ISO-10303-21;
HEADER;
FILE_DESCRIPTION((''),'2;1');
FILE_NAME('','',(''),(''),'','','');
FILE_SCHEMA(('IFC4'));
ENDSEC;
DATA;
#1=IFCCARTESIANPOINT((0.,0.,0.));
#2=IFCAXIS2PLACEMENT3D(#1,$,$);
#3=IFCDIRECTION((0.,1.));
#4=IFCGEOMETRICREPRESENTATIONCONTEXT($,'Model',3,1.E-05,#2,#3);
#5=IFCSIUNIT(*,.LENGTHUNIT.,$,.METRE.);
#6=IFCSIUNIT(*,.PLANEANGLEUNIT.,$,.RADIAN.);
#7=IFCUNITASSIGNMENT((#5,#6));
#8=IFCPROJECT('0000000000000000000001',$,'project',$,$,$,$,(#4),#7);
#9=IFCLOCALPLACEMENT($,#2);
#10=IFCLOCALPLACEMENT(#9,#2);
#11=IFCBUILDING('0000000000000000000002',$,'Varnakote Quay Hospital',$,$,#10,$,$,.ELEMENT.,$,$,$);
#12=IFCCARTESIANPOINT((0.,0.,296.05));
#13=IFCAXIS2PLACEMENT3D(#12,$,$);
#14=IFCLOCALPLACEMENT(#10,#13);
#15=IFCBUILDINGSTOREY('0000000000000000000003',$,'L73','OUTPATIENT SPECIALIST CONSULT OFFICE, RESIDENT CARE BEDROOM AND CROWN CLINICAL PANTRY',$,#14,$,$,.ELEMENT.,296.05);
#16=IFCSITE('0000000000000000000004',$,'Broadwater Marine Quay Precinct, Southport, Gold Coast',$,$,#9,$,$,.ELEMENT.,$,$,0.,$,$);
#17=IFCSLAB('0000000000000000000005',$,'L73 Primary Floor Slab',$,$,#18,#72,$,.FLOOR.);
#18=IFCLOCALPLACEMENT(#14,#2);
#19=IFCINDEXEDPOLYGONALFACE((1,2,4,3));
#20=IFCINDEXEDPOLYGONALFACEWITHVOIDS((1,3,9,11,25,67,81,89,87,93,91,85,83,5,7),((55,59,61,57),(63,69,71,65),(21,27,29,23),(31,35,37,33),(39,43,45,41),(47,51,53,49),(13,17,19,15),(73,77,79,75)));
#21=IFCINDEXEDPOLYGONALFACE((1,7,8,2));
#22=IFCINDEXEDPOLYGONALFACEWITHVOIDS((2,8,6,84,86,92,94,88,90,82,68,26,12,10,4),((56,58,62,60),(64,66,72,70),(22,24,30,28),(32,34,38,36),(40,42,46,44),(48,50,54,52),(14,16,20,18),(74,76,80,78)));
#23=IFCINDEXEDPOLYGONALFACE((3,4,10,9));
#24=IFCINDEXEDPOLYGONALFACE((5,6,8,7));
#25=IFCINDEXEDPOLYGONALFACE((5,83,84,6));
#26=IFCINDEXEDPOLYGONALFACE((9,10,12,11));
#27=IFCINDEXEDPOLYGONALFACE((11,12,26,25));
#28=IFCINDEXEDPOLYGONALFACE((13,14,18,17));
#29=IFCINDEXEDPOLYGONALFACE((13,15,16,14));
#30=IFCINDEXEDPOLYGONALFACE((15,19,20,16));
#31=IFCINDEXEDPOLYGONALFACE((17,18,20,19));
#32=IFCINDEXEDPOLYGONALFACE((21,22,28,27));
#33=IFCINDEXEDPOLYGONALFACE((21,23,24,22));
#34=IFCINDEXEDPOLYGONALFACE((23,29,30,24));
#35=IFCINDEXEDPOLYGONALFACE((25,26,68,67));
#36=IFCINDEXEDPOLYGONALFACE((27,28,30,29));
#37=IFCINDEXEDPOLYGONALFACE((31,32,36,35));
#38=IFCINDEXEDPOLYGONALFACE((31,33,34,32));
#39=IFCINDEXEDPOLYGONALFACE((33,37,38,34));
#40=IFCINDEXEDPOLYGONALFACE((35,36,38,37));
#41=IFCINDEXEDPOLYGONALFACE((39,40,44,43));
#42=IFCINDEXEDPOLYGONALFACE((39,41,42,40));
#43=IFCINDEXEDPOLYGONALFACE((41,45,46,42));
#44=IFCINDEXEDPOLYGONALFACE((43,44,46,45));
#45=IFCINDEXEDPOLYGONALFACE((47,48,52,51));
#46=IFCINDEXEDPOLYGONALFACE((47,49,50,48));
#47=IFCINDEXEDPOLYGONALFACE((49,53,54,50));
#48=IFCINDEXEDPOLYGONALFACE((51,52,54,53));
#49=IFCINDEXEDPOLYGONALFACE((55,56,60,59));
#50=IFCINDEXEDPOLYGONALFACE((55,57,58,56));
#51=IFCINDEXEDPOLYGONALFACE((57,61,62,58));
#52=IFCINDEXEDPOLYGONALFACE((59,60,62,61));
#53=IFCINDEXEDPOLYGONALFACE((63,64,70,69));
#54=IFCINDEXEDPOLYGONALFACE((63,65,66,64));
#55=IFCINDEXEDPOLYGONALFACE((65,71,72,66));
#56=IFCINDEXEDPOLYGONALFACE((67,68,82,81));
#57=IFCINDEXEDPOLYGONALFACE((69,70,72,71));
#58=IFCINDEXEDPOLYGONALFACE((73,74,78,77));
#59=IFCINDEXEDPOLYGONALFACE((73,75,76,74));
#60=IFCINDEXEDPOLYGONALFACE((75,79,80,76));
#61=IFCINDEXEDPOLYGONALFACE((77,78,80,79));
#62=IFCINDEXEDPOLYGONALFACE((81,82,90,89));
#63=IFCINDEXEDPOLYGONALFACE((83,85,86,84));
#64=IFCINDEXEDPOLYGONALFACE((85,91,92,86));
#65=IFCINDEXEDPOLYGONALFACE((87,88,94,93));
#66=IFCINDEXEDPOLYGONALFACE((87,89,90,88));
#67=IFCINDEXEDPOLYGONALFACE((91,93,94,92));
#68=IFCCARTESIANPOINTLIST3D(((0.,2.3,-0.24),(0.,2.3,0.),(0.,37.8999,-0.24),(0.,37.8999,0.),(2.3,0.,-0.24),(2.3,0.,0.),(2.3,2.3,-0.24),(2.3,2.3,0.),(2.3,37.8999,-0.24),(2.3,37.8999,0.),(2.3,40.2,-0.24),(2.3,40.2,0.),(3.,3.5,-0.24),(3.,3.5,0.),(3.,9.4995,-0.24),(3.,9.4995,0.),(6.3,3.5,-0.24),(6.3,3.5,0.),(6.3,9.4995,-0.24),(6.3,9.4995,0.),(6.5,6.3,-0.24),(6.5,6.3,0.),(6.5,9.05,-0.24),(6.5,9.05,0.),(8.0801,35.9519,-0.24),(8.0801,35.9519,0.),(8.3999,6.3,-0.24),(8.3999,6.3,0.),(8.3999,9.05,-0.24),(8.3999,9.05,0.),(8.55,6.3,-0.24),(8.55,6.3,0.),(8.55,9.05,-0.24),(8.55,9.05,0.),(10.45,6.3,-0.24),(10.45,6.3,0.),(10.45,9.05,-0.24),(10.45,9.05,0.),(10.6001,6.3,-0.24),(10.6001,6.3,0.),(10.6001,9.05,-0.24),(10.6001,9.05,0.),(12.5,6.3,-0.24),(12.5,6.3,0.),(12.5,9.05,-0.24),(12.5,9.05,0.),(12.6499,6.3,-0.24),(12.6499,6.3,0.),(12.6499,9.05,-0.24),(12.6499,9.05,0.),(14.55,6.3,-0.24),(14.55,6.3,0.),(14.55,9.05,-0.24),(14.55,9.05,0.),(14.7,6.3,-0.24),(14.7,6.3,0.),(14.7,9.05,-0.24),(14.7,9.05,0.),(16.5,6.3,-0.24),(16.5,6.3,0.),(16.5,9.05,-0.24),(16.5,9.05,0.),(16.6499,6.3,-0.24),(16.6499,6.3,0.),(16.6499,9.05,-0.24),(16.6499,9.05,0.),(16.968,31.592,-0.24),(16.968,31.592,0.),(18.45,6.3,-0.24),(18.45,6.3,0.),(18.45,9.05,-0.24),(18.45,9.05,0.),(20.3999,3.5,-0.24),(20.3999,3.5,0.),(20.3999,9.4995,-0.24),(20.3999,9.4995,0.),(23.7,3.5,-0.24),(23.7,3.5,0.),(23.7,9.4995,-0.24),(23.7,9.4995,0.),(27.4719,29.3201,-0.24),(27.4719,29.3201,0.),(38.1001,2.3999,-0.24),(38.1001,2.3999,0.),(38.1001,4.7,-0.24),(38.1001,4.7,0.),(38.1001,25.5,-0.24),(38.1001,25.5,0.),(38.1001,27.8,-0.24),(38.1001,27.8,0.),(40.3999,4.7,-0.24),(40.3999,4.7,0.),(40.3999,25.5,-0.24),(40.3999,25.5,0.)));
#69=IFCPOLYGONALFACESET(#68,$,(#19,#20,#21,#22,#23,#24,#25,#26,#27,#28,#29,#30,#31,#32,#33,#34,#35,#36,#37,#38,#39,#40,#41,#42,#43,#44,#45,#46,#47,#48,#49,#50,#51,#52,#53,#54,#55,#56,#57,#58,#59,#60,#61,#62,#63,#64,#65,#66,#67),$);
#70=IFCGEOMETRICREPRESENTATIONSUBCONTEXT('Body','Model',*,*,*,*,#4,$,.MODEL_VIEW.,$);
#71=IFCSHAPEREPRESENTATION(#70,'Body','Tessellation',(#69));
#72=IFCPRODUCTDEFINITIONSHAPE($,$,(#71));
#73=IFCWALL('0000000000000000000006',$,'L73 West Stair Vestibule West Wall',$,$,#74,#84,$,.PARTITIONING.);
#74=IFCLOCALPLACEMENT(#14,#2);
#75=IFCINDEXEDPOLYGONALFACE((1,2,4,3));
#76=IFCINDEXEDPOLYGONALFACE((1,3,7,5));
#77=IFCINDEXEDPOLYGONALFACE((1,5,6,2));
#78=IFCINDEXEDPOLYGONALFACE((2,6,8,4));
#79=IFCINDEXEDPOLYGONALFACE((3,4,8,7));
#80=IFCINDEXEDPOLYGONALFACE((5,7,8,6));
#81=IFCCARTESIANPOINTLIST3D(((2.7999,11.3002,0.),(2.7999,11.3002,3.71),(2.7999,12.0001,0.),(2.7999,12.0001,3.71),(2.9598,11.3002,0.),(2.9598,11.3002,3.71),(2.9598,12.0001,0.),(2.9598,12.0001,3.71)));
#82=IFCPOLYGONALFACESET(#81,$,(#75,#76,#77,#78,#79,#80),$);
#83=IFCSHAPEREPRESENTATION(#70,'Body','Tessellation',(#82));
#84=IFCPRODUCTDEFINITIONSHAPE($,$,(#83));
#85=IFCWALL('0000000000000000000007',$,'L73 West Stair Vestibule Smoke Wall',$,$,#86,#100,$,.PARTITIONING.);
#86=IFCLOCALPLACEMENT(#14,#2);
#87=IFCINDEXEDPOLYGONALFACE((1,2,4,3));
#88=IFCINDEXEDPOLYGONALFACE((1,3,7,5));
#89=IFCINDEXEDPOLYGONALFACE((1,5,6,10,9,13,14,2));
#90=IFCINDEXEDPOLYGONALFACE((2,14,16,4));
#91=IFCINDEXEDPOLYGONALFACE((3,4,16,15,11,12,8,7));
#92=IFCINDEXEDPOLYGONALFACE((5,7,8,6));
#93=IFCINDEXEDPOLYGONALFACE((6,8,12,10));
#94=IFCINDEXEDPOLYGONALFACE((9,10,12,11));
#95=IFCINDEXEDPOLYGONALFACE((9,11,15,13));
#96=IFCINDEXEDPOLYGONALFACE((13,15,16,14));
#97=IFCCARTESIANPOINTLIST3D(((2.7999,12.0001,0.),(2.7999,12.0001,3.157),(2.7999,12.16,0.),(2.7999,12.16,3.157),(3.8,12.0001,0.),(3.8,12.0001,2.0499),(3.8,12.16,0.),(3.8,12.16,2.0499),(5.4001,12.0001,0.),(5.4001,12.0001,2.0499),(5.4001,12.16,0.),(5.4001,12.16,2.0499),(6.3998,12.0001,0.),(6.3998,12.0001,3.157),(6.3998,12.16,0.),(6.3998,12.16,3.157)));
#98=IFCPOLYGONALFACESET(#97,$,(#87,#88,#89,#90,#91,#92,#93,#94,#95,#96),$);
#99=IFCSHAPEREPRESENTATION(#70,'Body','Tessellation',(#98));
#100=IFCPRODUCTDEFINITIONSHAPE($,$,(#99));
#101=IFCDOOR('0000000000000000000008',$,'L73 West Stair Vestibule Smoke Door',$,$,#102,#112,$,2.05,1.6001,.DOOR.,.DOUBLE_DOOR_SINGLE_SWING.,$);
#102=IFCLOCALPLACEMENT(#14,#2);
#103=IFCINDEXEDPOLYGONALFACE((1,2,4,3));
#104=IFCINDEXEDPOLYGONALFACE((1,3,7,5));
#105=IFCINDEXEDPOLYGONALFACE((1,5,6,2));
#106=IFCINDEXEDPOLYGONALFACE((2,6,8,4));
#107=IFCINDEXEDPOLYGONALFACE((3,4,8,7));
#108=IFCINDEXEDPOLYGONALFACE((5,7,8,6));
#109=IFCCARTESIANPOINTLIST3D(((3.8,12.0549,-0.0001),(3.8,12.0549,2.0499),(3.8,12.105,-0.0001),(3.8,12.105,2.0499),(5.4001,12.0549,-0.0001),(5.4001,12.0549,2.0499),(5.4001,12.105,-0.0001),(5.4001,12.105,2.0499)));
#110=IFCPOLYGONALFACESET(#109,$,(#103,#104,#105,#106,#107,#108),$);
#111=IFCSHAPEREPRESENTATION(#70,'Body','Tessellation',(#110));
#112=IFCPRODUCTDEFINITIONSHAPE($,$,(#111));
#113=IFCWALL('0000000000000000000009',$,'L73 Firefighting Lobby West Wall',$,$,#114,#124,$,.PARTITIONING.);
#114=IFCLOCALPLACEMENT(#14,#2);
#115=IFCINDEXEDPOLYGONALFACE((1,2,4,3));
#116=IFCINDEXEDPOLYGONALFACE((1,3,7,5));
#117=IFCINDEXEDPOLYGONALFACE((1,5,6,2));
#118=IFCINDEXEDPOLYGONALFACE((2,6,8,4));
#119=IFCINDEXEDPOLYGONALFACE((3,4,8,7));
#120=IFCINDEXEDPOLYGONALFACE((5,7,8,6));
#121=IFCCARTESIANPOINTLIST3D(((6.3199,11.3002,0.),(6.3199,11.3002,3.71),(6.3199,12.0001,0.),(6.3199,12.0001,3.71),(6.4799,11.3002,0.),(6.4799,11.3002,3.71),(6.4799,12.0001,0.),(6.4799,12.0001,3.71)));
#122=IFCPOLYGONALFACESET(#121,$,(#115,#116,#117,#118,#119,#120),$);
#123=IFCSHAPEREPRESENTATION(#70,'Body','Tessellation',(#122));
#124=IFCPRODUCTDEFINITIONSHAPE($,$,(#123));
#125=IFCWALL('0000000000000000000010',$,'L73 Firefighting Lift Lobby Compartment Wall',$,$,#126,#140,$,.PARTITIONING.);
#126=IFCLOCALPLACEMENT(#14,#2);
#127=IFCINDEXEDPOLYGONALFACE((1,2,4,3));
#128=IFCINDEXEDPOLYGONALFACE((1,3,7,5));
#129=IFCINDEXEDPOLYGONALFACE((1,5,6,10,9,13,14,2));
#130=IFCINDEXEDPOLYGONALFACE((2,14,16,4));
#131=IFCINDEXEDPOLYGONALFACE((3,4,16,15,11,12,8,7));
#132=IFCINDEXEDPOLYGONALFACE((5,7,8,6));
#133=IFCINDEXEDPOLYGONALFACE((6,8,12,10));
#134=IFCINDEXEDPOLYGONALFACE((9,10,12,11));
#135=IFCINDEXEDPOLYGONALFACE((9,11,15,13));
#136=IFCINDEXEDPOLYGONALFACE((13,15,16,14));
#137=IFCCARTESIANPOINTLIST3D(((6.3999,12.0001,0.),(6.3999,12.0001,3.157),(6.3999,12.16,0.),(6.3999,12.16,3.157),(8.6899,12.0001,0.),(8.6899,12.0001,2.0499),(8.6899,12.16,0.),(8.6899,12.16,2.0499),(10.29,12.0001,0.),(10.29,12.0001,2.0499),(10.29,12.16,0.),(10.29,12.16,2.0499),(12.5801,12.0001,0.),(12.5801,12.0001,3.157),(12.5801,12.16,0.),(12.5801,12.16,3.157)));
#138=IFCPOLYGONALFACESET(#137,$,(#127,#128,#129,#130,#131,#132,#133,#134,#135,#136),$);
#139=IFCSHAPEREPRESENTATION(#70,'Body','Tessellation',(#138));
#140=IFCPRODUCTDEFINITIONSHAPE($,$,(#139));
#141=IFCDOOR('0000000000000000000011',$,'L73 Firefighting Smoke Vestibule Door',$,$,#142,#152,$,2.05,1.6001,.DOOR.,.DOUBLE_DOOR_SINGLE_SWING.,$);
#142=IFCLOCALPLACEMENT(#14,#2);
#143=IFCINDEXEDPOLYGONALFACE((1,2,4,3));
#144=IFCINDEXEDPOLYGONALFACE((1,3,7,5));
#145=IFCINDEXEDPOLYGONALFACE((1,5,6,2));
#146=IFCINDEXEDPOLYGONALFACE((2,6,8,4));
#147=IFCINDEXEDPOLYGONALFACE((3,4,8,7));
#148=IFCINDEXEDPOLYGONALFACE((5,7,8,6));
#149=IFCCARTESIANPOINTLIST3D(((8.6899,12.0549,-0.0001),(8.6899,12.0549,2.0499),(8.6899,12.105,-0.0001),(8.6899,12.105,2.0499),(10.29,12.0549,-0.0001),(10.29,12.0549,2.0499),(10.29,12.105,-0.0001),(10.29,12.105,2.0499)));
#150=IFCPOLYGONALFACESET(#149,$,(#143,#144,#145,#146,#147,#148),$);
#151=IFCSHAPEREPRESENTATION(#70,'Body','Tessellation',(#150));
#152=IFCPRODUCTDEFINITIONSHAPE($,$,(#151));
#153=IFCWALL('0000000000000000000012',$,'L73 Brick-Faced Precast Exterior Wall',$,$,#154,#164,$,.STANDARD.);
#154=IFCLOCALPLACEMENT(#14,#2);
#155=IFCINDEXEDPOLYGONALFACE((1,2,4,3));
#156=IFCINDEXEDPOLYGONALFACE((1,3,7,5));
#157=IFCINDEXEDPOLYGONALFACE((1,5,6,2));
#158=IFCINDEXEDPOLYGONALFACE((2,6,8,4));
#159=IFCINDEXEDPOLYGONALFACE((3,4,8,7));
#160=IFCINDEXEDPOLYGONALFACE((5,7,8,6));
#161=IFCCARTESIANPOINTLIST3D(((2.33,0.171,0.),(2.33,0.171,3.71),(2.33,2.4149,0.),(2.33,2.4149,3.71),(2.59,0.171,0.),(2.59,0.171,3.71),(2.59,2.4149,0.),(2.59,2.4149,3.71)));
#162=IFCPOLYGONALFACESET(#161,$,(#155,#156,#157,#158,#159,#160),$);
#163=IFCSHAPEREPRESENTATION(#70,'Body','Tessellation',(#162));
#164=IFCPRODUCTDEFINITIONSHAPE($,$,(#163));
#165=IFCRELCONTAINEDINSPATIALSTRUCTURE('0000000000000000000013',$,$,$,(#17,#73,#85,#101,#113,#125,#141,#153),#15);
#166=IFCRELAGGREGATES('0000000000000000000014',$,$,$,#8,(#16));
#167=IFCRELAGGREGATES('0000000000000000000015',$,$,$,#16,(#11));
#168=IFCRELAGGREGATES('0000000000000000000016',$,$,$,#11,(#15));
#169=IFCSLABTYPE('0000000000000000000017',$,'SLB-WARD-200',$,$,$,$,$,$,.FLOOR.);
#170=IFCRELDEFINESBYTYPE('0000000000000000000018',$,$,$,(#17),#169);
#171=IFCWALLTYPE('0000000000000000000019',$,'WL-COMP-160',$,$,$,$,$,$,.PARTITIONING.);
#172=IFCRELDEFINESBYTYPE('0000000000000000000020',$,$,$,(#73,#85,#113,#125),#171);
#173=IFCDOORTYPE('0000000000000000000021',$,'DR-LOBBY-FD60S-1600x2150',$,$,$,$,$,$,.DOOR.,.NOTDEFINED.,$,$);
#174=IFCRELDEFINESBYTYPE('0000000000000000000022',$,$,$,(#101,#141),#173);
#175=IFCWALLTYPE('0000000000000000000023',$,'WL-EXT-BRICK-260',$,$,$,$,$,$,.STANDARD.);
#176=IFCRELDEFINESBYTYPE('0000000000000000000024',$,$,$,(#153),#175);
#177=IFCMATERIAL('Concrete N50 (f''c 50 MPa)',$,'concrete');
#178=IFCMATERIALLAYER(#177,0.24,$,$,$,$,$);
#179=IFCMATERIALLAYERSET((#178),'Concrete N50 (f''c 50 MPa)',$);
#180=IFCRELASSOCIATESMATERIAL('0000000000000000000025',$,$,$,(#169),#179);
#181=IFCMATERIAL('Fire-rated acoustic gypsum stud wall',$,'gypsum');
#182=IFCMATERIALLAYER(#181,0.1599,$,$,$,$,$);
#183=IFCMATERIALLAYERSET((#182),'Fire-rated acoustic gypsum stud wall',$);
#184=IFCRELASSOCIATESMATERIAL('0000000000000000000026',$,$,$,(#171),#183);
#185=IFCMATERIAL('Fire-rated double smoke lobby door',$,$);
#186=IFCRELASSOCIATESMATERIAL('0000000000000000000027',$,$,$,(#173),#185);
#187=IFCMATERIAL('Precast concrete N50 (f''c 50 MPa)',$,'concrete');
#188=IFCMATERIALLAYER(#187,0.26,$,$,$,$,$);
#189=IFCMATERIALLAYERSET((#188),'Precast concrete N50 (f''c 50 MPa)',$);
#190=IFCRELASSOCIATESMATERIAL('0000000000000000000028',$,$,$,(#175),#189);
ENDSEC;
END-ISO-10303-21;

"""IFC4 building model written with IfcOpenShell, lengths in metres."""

from ifc_helpers import new_model, si_unit, direction, frame, frame_2d, origin, place, context, subcontext, project, spatial, polyline, rectangle, outline, extrude, material, layer, layer_set, type_object, element, fill, save


model = new_model("IFC4")

# Units and contexts
model_context = context("Model", 3, precision=1e-05, world=origin(), true_north=direction((0.0, 1.0)))
body_context = subcontext(model_context, "Body", "Model", "MODEL_VIEW")
ifc_project = project(units=[si_unit("LENGTHUNIT", "METRE"), si_unit("PLANEANGLEUNIT", "RADIAN")], contexts=[model_context])

# Site, building, storey
site_placement = place(None, origin())
site = spatial("IfcSite", under=ifc_project, at=site_placement, Name="Broadwater Marine Quay Precinct, Southport, Gold Coast", CompositionType="ELEMENT", RefElevation=0.0)
building_placement = place(site_placement, origin())
building = spatial("IfcBuilding", under=site, at=building_placement, Name="Varnakote Quay Hospital", CompositionType="ELEMENT")
storey_placement = place(building_placement, frame((0.0, 0.0, 296.05)))
storey = spatial("IfcBuildingStorey", under=building, at=storey_placement, Name="L73", Description="OUTPATIENT SPECIALIST CONSULT OFFICE, RESIDENT CARE BEDROOM AND CROWN CLINICAL PANTRY", CompositionType="ELEMENT", Elevation=296.05)

# Slab
ifc_material_1 = material(Name="Concrete N50 (f'c 50 MPa)", Category="concrete")
ifc_layer_1 = layer(ifc_material_1, 0.24)
ifc_layer_set_1 = layer_set([ifc_layer_1], Name="Concrete N50 (f'c 50 MPa)")
slab_type_1 = type_object("IfcSlabType", Name="SLB-WARD-200", PredefinedType="FLOOR", material=ifc_layer_set_1)
slab_1_placement = place(storey_placement, frame((0.0, 0.0, -0.24)))
element("IfcSlab", 1, at=slab_1_placement, inside=storey, type_object=slab_type_1, Name="L73 Primary Floor Slab", PredefinedType="FLOOR", context=body_context, shape_type="SweptSolid", body=[
    extrude(outline(polyline([(0.0, 2.3), (2.3, 2.3), (2.3, 0.0), (38.1001, 2.3999), (38.1001, 4.7), (40.3999, 4.7), (40.3999, 25.5), (38.1001, 25.5), (38.1001, 27.8), (27.4719, 29.3201), (16.968, 31.592), (8.0801, 35.9519), (2.3, 40.2), (2.3, 37.8999), (0.0, 37.8999), (0.0, 2.3)]), holes=[polyline([(3.0, 3.5), (6.3, 3.5), (6.3, 9.4995), (3.0, 9.4995), (3.0, 3.5)]), polyline([(20.3999, 3.5), (23.7, 3.5), (23.7, 9.4995), (20.3999, 9.4995), (20.3999, 3.5)]), polyline([(6.5, 6.3), (8.3999, 6.3), (8.3999, 9.05), (6.5, 9.05), (6.5, 6.3)]), polyline([(8.55, 6.3), (10.45, 6.3), (10.45, 9.05), (8.55, 9.05), (8.55, 6.3)]), polyline([(10.6001, 6.3), (12.5, 6.3), (12.5, 9.05), (10.6001, 9.05), (10.6001, 6.3)]), polyline([(12.6499, 6.3), (14.55, 6.3), (14.55, 9.05), (12.6499, 9.05), (12.6499, 6.3)]), polyline([(14.7, 6.3), (16.5, 6.3), (16.5, 9.05), (14.7, 9.05), (14.7, 6.3)]), polyline([(16.6499, 6.3), (18.45, 6.3), (18.45, 9.05), (16.6499, 9.05), (16.6499, 6.3)])]), origin(), (0.0, 0.0, 1.0), 0.24),
])

# Wall
ifc_material_2 = material(Name="Fire-rated acoustic gypsum stud wall", Category="gypsum")
ifc_layer_2 = layer(ifc_material_2, 0.1599)
ifc_layer_set_2 = layer_set([ifc_layer_2], Name="Fire-rated acoustic gypsum stud wall")
wall_type_1 = type_object("IfcWallType", Name="WL-COMP-160", PredefinedType="PARTITIONING", material=ifc_layer_set_2)
wall_1_placement = place(storey_placement, frame((2.8799, 11.3, 0.0), z_axis=(0.0, 0.0, 1.0), x_axis=(0.0, 1.0, 0.0)))
element("IfcWall", 2, at=wall_1_placement, inside=storey, type_object=wall_type_1, Name="L73 West Stair Vestibule West Wall", PredefinedType="PARTITIONING", context=body_context, shape_type="SweptSolid", body=[
    extrude(rectangle(XDim=0.7, YDim=0.1599, at=frame_2d((0.3501, 0.0))), origin(), (0.0, 0.0, 1.0), 3.71),
])

# Wall, opening, door
wall_2_placement = place(storey_placement, frame((2.8, 12.0801, 0.0), z_axis=(0.0, 0.0, 1.0), x_axis=(1.0, 0.0, 0.0)))
wall_2 = element("IfcWall", 3, at=wall_2_placement, inside=storey, type_object=wall_type_1, Name="L73 West Stair Vestibule Smoke Wall", PredefinedType="PARTITIONING", context=body_context, shape_type="SweptSolid", body=[
    extrude(rectangle(XDim=3.5999, YDim=0.1599, at=frame_2d((1.7998, 0.0))), origin(), (0.0, 0.0, 1.0), 3.157),
])
opening_1_placement = place(wall_2_placement, frame((1.0, 0.0, 0.0)))
opening_1 = element("IfcOpeningElement", 4, at=opening_1_placement, cuts=wall_2, PredefinedType="OPENING", context=body_context, shape_type="SweptSolid", body=[
    extrude(rectangle(XDim=1.6001, YDim=2.05, at=frame_2d((0.8, 1.0249))), frame((0.0, 0.0898, 0.0), z_axis=(0.0, -1.0, 0.0), x_axis=(1.0, 0.0, 0.0)), (0.0, 0.0, 1.0), 0.1799),
])
ifc_material_3 = material(Name="Fire-rated double smoke lobby door")
door_type_1 = type_object("IfcDoorType", Name="DR-LOBBY-FD60S-1600x2150", OperationType="NOTDEFINED", PredefinedType="DOOR", material=ifc_material_3)
door_1_placement = place(opening_1_placement, origin())
door_1 = element("IfcDoor", 5, at=door_1_placement, inside=storey, type_object=door_type_1, Name="L73 West Stair Vestibule Smoke Door", OperationType="DOUBLE_DOOR_SINGLE_SWING", OverallHeight=2.05, OverallWidth=1.6001, PredefinedType="DOOR", context=body_context, shape_type="SweptSolid", body=[
    extrude(rectangle(XDim=1.6001, YDim=2.05, at=frame_2d((0.8, 1.0249))), frame((0.0, 0.0249, 0.0), z_axis=(0.0, -1.0, 0.0), x_axis=(1.0, 0.0, 0.0)), (0.0, 0.0, 1.0), 0.05),
])
fill(opening_1, door_1)

# Wall
wall_3_placement = place(storey_placement, frame((6.3999, 11.3, 0.0), z_axis=(0.0, 0.0, 1.0), x_axis=(0.0, 1.0, 0.0)))
element("IfcWall", 6, at=wall_3_placement, inside=storey, type_object=wall_type_1, Name="L73 Firefighting Lobby West Wall", PredefinedType="PARTITIONING", context=body_context, shape_type="SweptSolid", body=[
    extrude(rectangle(XDim=0.7, YDim=0.1599, at=frame_2d((0.3501, 0.0))), origin(), (0.0, 0.0, 1.0), 3.71),
])

# Wall, opening, door
wall_4_placement = place(storey_placement, frame((6.3999, 12.0801, 0.0), z_axis=(0.0, 0.0, 1.0), x_axis=(1.0, 0.0, 0.0)))
wall_4 = element("IfcWall", 7, at=wall_4_placement, inside=storey, type_object=wall_type_1, Name="L73 Firefighting Lift Lobby Compartment Wall", PredefinedType="PARTITIONING", context=body_context, shape_type="SweptSolid", body=[
    extrude(rectangle(XDim=6.1802, YDim=0.1599, at=frame_2d((3.0901, 0.0))), origin(), (0.0, 0.0, 1.0), 3.157),
])
opening_2_placement = place(wall_4_placement, frame((2.29, 0.0, 0.0)))
opening_2 = element("IfcOpeningElement", 8, at=opening_2_placement, cuts=wall_4, PredefinedType="OPENING", context=body_context, shape_type="SweptSolid", body=[
    extrude(rectangle(XDim=1.6001, YDim=2.05, at=frame_2d((0.8, 1.0249))), frame((0.0, 0.0898, 0.0), z_axis=(0.0, -1.0, 0.0), x_axis=(1.0, 0.0, 0.0)), (0.0, 0.0, 1.0), 0.1799),
])
door_2_placement = place(opening_2_placement, origin())
door_2 = element("IfcDoor", 9, at=door_2_placement, inside=storey, type_object=door_type_1, Name="L73 Firefighting Smoke Vestibule Door", OperationType="DOUBLE_DOOR_SINGLE_SWING", OverallHeight=2.05, OverallWidth=1.6001, PredefinedType="DOOR", context=body_context, shape_type="SweptSolid", body=[
    extrude(rectangle(XDim=1.6001, YDim=2.05, at=frame_2d((0.8, 1.0249))), frame((0.0, 0.0249, 0.0), z_axis=(0.0, -1.0, 0.0), x_axis=(1.0, 0.0, 0.0)), (0.0, 0.0, 1.0), 0.05),
])
fill(opening_2, door_2)

# Wall
ifc_material_4 = material(Name="Precast concrete N50 (f'c 50 MPa)", Category="concrete")
ifc_layer_3 = layer(ifc_material_4, 0.26)
ifc_layer_set_3 = layer_set([ifc_layer_3], Name="Precast concrete N50 (f'c 50 MPa)")
wall_type_2 = type_object("IfcWallType", Name="WL-EXT-BRICK-260", PredefinedType="STANDARD", material=ifc_layer_set_3)
wall_5_placement = place(storey_placement, frame((2.46, 2.415, 0.0), z_axis=(0.0, 0.0, 1.0), x_axis=(0.0, -1.0, 0.0)))
element("IfcWall", 10, at=wall_5_placement, inside=storey, type_object=wall_type_2, Name="L73 Brick-Faced Precast Exterior Wall", PredefinedType="STANDARD", context=body_context, shape_type="SweptSolid", body=[
    extrude(rectangle(XDim=2.2439, YDim=0.26, at=frame_2d((1.1221, 0.0))), origin(), (0.0, 0.0, 1.0), 3.71),
])

save(model, "model.ifc")
